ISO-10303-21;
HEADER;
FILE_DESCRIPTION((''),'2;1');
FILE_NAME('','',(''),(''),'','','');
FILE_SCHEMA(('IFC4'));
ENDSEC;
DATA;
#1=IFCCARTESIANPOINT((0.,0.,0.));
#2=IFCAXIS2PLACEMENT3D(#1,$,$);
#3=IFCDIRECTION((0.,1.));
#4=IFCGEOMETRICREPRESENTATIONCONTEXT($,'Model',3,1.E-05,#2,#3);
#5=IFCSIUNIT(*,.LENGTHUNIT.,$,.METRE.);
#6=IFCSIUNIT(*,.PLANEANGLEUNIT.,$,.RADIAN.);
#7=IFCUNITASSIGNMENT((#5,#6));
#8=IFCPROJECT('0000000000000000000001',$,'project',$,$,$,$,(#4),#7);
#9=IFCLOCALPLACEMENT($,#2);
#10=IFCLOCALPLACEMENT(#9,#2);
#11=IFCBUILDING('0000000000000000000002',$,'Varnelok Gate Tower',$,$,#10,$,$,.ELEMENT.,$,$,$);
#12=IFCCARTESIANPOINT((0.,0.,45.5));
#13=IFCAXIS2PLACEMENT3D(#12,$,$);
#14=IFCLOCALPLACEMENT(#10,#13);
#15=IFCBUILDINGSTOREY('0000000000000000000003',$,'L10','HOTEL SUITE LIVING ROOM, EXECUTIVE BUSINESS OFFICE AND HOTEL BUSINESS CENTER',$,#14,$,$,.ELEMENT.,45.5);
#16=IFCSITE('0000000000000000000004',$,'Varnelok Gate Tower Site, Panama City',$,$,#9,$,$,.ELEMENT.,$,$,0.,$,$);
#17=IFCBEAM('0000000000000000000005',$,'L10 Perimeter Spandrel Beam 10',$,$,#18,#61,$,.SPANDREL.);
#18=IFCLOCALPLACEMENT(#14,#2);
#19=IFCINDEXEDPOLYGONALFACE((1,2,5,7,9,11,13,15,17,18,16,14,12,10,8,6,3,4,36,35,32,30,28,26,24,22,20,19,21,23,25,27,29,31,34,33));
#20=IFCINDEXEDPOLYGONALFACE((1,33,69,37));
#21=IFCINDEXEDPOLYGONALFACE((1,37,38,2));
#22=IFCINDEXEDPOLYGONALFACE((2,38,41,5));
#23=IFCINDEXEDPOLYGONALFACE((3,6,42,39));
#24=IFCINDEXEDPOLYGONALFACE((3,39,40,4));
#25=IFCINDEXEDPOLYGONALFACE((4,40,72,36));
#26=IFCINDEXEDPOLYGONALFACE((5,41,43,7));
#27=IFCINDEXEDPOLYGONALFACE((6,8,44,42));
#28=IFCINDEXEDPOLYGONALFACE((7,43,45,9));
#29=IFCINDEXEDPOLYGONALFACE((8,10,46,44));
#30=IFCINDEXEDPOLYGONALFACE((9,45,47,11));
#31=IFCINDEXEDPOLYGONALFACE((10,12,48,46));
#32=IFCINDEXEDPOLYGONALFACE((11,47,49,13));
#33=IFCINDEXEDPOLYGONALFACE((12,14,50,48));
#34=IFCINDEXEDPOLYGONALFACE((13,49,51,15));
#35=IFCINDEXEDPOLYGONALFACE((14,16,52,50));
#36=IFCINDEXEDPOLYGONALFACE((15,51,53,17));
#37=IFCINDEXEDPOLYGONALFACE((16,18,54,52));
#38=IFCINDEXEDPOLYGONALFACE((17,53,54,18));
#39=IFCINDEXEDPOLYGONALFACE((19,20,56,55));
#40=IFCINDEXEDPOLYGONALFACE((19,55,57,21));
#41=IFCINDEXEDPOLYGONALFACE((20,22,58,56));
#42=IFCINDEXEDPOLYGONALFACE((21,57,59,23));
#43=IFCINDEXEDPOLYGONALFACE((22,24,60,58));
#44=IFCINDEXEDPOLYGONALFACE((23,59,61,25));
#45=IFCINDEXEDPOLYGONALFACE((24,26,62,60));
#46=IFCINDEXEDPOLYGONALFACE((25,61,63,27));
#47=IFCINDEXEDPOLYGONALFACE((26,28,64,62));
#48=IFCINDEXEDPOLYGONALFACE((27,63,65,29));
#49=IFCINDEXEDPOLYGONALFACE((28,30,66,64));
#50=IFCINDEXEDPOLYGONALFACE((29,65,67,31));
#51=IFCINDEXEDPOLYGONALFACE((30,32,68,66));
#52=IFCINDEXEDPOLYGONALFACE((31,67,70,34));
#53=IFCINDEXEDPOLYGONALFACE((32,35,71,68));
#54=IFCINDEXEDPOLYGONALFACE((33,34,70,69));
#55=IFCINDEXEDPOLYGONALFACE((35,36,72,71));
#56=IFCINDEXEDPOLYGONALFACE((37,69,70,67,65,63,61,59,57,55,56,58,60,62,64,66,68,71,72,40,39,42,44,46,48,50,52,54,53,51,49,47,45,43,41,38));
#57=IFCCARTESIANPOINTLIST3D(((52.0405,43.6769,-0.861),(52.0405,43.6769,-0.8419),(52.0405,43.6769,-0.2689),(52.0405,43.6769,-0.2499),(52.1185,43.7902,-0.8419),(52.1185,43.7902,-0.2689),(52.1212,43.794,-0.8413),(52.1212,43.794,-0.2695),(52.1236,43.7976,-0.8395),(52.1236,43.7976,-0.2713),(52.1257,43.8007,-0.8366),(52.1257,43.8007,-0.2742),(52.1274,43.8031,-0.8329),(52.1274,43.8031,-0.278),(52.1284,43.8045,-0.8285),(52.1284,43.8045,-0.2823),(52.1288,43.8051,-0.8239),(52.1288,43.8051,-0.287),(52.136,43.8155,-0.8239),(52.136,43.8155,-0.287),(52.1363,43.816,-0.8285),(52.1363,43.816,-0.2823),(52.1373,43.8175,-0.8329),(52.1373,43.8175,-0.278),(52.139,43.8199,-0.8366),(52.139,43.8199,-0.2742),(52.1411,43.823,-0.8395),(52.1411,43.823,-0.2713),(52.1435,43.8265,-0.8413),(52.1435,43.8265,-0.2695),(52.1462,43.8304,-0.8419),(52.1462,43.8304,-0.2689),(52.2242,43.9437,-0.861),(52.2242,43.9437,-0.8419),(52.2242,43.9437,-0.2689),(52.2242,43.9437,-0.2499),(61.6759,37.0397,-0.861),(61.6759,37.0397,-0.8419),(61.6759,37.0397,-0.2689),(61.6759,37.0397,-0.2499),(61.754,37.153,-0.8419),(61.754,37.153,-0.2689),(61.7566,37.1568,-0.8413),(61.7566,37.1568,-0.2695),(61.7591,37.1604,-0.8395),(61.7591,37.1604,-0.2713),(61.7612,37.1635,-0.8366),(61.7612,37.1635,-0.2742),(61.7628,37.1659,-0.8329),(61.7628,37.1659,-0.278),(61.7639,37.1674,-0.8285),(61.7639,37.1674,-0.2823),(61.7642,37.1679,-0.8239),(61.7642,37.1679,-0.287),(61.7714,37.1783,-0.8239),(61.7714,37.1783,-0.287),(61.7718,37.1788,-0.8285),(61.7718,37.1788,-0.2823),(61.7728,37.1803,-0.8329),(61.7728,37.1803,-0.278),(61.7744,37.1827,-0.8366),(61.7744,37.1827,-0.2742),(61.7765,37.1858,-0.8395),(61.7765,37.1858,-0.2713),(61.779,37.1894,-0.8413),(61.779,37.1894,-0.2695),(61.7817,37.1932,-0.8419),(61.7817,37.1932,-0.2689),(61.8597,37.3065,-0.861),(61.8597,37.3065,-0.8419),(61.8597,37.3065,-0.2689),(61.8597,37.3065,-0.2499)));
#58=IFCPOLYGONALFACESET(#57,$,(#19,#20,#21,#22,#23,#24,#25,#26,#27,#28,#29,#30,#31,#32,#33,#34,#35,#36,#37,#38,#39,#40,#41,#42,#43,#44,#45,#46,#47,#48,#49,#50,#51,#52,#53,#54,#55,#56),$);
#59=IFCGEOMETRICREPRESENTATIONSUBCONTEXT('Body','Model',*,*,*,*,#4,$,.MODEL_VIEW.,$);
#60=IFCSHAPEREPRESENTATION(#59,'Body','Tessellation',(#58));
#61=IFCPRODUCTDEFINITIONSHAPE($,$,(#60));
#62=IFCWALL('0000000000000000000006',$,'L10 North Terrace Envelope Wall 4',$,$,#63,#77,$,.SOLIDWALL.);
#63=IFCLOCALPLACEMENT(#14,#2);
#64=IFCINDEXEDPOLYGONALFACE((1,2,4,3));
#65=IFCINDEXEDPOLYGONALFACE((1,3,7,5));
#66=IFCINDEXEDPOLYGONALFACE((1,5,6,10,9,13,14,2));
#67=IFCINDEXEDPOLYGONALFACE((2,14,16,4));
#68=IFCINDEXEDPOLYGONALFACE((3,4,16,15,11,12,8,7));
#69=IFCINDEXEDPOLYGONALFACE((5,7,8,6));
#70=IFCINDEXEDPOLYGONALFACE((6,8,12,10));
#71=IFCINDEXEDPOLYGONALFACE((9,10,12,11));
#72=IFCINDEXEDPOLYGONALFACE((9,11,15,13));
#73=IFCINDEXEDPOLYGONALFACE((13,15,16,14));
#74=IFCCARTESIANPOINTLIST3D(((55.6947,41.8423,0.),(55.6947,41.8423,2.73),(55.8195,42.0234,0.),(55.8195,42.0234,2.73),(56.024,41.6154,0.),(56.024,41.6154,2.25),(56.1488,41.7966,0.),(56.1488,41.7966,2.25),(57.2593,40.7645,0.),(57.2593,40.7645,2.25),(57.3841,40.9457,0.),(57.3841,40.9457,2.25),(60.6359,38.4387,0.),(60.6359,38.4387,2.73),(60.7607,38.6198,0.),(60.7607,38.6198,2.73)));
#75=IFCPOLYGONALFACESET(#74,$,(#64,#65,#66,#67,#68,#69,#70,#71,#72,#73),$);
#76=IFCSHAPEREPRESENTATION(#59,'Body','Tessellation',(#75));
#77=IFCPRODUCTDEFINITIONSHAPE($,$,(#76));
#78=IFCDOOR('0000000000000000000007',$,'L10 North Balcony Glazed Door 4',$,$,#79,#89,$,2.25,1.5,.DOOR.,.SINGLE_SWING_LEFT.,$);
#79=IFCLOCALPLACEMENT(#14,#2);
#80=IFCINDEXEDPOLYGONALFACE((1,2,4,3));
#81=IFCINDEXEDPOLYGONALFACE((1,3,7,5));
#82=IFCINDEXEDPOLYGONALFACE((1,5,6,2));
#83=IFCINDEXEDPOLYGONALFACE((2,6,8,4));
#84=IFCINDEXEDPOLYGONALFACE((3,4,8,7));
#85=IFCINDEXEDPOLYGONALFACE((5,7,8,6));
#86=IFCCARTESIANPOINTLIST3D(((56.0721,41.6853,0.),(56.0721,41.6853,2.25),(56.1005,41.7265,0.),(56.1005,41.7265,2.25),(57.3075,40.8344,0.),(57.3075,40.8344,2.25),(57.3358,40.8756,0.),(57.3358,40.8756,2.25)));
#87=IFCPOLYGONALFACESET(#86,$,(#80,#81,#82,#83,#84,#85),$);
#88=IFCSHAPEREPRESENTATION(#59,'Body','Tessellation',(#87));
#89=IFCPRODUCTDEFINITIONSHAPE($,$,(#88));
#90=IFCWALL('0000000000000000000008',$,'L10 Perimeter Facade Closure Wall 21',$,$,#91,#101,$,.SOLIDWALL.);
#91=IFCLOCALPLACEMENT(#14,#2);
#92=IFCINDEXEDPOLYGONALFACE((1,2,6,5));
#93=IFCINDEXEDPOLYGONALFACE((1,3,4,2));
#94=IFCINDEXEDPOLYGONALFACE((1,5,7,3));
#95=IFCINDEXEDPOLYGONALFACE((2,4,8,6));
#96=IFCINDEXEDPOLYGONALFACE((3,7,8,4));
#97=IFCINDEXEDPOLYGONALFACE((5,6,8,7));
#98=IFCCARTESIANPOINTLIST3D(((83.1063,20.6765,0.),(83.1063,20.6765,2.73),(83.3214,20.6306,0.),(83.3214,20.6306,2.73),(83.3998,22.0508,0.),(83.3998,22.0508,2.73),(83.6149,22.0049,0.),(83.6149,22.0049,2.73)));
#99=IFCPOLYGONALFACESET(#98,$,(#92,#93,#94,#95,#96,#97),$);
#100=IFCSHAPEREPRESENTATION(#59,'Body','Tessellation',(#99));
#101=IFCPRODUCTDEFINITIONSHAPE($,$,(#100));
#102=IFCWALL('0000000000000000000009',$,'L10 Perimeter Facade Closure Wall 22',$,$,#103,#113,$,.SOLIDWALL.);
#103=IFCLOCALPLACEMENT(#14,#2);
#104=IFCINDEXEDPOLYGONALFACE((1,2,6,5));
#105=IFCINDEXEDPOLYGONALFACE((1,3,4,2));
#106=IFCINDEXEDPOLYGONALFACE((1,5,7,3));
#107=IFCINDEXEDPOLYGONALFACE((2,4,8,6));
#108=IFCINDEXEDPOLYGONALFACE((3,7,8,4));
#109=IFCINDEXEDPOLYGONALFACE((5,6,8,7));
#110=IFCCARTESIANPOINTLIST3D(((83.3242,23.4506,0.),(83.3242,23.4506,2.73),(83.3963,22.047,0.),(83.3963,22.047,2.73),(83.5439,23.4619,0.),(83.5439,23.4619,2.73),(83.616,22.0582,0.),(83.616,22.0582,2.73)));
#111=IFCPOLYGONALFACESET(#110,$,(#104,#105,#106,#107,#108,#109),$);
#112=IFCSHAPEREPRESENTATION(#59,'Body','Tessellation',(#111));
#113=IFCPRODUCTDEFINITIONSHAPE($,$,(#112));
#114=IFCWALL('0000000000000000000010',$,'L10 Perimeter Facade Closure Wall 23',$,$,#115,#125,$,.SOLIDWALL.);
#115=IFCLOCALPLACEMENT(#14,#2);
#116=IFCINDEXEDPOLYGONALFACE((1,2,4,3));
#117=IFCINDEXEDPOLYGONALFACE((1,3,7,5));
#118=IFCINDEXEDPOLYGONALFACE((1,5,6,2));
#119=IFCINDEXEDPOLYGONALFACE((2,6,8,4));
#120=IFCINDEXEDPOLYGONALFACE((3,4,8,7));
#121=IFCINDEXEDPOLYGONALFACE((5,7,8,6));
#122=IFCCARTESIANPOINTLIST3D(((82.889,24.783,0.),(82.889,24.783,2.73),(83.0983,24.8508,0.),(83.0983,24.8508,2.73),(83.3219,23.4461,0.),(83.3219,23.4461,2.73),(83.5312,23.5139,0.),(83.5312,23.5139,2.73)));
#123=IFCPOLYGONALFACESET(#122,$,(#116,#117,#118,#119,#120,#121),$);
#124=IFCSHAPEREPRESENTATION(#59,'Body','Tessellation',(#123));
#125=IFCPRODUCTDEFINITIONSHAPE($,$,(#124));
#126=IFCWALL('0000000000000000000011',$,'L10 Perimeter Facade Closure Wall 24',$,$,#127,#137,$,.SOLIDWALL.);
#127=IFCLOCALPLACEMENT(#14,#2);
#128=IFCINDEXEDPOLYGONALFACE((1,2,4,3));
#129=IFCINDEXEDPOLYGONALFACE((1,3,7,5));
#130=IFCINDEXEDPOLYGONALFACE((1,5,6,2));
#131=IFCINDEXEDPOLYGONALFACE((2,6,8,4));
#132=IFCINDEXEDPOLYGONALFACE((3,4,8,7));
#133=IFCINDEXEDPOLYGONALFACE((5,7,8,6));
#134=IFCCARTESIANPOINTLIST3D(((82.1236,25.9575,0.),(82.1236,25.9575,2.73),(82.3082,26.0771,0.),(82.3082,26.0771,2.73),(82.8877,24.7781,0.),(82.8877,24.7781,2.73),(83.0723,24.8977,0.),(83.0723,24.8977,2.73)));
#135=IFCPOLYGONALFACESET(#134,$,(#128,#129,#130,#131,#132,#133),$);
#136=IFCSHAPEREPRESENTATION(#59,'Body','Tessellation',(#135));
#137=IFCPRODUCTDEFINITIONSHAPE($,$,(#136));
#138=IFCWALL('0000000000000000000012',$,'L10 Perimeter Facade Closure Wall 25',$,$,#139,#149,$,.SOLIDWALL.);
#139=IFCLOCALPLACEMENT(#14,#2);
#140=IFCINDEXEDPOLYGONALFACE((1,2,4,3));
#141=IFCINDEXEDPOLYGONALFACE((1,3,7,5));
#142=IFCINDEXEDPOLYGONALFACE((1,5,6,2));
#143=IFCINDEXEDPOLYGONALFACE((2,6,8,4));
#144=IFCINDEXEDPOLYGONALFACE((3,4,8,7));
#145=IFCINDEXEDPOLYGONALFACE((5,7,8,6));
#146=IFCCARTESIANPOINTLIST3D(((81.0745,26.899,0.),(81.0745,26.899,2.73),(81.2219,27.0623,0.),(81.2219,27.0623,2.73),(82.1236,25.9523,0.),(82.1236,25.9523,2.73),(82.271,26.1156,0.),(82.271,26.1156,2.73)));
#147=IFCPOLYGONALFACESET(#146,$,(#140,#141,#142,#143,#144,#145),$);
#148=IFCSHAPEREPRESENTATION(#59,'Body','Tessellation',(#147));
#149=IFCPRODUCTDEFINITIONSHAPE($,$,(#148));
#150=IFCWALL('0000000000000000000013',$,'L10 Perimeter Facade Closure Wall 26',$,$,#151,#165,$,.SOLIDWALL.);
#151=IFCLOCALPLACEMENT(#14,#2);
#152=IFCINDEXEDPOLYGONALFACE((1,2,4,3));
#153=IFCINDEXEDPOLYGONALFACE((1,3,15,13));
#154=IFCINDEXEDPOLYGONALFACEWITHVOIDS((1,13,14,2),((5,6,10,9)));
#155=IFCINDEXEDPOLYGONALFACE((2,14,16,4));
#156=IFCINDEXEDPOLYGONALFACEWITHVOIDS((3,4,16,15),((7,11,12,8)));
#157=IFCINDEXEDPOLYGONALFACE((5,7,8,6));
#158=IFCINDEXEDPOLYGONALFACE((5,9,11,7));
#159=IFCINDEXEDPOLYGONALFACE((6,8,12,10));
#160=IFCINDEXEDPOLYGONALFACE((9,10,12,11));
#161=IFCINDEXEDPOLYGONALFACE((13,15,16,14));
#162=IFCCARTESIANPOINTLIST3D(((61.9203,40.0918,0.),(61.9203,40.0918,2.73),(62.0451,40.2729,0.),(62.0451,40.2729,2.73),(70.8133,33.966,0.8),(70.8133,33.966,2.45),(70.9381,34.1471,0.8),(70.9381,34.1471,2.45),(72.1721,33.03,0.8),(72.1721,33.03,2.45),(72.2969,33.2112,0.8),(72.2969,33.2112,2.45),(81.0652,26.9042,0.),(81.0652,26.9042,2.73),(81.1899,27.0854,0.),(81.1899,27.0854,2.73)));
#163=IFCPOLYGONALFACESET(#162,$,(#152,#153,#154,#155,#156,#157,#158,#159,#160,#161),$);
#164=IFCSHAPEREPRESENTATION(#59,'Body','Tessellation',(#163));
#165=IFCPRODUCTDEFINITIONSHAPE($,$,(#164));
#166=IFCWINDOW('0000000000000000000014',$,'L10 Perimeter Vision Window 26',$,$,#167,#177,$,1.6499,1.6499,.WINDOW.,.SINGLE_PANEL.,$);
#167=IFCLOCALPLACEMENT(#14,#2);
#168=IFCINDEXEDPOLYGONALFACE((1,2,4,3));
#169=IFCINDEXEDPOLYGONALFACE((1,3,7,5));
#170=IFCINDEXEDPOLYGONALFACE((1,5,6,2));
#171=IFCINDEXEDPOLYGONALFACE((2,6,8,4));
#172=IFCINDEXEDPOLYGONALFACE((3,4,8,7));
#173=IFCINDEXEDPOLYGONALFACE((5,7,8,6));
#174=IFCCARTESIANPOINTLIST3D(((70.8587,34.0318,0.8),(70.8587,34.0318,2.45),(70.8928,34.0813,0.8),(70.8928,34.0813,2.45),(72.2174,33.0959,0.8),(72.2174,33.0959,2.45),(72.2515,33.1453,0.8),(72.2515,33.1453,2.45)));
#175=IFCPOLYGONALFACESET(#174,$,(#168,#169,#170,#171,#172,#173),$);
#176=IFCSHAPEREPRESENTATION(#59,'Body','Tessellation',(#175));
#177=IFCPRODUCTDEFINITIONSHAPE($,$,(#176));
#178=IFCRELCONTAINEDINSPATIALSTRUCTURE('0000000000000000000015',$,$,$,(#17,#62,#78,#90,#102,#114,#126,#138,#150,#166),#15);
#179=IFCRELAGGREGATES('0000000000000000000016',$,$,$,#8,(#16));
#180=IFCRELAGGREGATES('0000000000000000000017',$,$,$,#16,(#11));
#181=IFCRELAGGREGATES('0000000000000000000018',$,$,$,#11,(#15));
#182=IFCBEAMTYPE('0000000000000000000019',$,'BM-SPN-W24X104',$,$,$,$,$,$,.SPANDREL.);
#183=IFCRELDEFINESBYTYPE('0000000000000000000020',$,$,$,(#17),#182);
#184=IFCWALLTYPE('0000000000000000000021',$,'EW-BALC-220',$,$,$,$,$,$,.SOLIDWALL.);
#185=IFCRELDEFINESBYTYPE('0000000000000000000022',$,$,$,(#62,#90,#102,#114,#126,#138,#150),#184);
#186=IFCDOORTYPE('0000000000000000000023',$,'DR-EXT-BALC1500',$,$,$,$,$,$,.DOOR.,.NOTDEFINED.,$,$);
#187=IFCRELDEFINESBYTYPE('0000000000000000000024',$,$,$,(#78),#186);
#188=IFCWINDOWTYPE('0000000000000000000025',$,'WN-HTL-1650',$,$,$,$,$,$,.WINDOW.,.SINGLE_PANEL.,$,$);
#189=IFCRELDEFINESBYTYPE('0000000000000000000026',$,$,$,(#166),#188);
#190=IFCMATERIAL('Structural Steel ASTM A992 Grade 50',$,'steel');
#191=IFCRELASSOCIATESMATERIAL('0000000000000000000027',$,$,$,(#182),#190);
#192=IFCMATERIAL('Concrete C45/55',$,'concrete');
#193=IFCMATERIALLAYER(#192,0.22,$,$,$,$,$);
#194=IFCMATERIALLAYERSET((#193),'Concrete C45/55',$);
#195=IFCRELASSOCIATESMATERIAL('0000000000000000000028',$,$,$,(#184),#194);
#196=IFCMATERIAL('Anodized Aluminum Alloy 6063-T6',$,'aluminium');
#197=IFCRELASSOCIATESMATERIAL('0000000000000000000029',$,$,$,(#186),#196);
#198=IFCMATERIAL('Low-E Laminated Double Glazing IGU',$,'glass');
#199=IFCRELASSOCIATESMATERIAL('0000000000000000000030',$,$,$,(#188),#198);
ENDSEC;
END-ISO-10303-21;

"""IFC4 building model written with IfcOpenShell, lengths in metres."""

from ifc_helpers import new_model, si_unit, direction, frame, frame_2d, origin, origin_2d, place, context, subcontext, project, spatial, rectangle, i_section, extrude, material, layer, layer_set, material_profile, profile_set, type_object, element, fill, save


model = new_model("IFC4")

# Units and contexts
model_context = context("Model", 3, precision=1e-05, world=origin(), true_north=direction((0.0, 1.0)))
body_context = subcontext(model_context, "Body", "Model", "MODEL_VIEW")
ifc_project = project(units=[si_unit("LENGTHUNIT", "METRE"), si_unit("PLANEANGLEUNIT", "RADIAN")], contexts=[model_context])

# Site, building, storey
site_placement = place(None, origin())
site = spatial("IfcSite", under=ifc_project, at=site_placement, Name="Varnelok Gate Tower Site, Panama City", CompositionType="ELEMENT", RefElevation=0.0)
building_placement = place(site_placement, origin())
building = spatial("IfcBuilding", under=site, at=building_placement, Name="Varnelok Gate Tower", CompositionType="ELEMENT")
storey_placement = place(building_placement, frame((0.0, 0.0, 45.5)))
storey = spatial("IfcBuildingStorey", under=building, at=storey_placement, Name="L10", Description="HOTEL SUITE LIVING ROOM, EXECUTIVE BUSINESS OFFICE AND HOTEL BUSINESS CENTER", CompositionType="ELEMENT", Elevation=45.5)

# Shared definitions
ifc_material_1 = material(Name="Structural Steel ASTM A992 Grade 50", Category="steel")

# Beam
ifc_material_profile_1 = material_profile(ifc_material_1, i_section(OverallWidth=0.324, OverallDepth=0.6111, WebThickness=0.0127, FlangeThickness=0.019, FilletRadius=0.0181, at=origin_2d()), Name="W24X104")
ifc_profile_set_1 = profile_set([ifc_material_profile_1], Name="Structural Steel ASTM A992 Grade 50")
beam_type_1 = type_object("IfcBeamType", Name="BM-SPN-W24X104", PredefinedType="SPANDREL", material=ifc_profile_set_1)
beam_1_placement = place(storey_placement, frame((61.7678, 37.1731, -0.5554), z_axis=(-0.823531, 0.567272, 0.0), x_axis=(-0.567272, -0.823531, 0.0)))
element("IfcBeam", 1, at=beam_1_placement, inside=storey, type_object=beam_type_1, Name="L10 Perimeter Spandrel Beam 10", PredefinedType="SPANDREL", context=body_context, shape_type="SweptSolid", body=[
    extrude(i_section(OverallWidth=0.324, OverallDepth=0.6111, WebThickness=0.0127, FlangeThickness=0.019, FilletRadius=0.0181, at=origin_2d()), origin(), (0.0, 0.0, 1.0), 11.7002),
])

# Wall, opening, door
ifc_material_2 = material(Name="Concrete C45/55", Category="concrete")
ifc_layer = layer(ifc_material_2, 0.22)
ifc_layer_set = layer_set([ifc_layer], Name="Concrete C45/55")
wall_type = type_object("IfcWallType", Name="EW-BALC-220", PredefinedType="SOLIDWALL", material=ifc_layer_set)
wall_1_placement = place(storey_placement, frame((55.7571, 41.9329, 0.0), z_axis=(0.0, 0.0, 1.0), x_axis=(0.823535, -0.567266, 0.0)))
wall_1 = element("IfcWall", 2, at=wall_1_placement, inside=storey, type_object=wall_type, Name="L10 North Terrace Envelope Wall 4", PredefinedType="SOLIDWALL", context=body_context, shape_type="SweptSolid", body=[
    extrude(rectangle(XDim=6.0, YDim=0.22, at=frame_2d((3.0, 0.0))), origin(), (0.0, 0.0, 1.0), 2.73),
])
opening_1_placement = place(wall_1_placement, frame((0.3999, 0.0, 0.0)))
opening_1 = element("IfcOpeningElement", 3, at=opening_1_placement, cuts=wall_1, PredefinedType="OPENING", context=body_context, shape_type="SweptSolid", body=[
    extrude(rectangle(XDim=1.5, YDim=2.25, at=frame_2d((0.75, 1.125))), frame((0.0, 0.1199, 0.0), z_axis=(0.0, -1.0, 0.0), x_axis=(1.0, 0.0, 0.0)), (0.0, 0.0, 1.0), 0.24),
])
ifc_material_3 = material(Name="Anodized Aluminum Alloy 6063-T6", Category="aluminium")
door_type = type_object("IfcDoorType", Name="DR-EXT-BALC1500", OperationType="NOTDEFINED", PredefinedType="DOOR", material=ifc_material_3)
door_placement = place(opening_1_placement, origin())
door = element("IfcDoor", 4, at=door_placement, inside=storey, type_object=door_type, Name="L10 North Balcony Glazed Door 4", OperationType="SINGLE_SWING_LEFT", OverallHeight=2.25, OverallWidth=1.5, PredefinedType="DOOR", context=body_context, shape_type="SweptSolid", body=[
    extrude(rectangle(XDim=1.5, YDim=2.25, at=frame_2d((0.75, 1.125))), frame((0.0, 0.0249, 0.0), z_axis=(0.0, -1.0, 0.0), x_axis=(1.0, 0.0, 0.0)), (0.0, 0.0, 1.0), 0.05),
])
fill(opening_1, door)

# Walls
wall_2_placement = place(storey_placement, frame((83.2139, 20.6536, 0.0), z_axis=(0.0, 0.0, 1.0), x_axis=(0.208829, 0.977952, 0.0)))
element("IfcWall", 5, at=wall_2_placement, inside=storey, type_object=wall_type, Name="L10 Perimeter Facade Closure Wall 21", PredefinedType="SOLIDWALL", context=body_context, shape_type="SweptSolid", body=[
    extrude(rectangle(XDim=1.4053, YDim=0.22, at=frame_2d((0.7026, 0.0))), origin(), (0.0, 0.0, 1.0), 2.73),
])
wall_3_placement = place(storey_placement, frame((83.5061, 22.0527, 0.0), z_axis=(0.0, 0.0, 1.0), x_axis=(-0.051246, 0.998686, 0.0)))
element("IfcWall", 6, at=wall_3_placement, inside=storey, type_object=wall_type, Name="L10 Perimeter Facade Closure Wall 22", PredefinedType="SOLIDWALL", context=body_context, shape_type="SweptSolid", body=[
    extrude(rectangle(XDim=1.4055, YDim=0.22, at=frame_2d((0.7026, 0.0))), origin(), (0.0, 0.0, 1.0), 2.73),
])
for number, where, z_axis, x_axis, name in (
    (7, (83.4265, 23.48, 0.0), (0.0, 0.0, 1.0), (-0.308033, 0.951376, 0.0), "L10 Perimeter Facade Closure Wall 23"),
    (8, (82.98, 24.8379, 0.0), (0.0, 0.0, 1.0), (-0.543748, 0.839248, 0.0), "L10 Perimeter Facade Closure Wall 24"),
):
    element("IfcWall", number, at=place(storey_placement, frame(where, z_axis=z_axis, x_axis=x_axis)), inside=storey, type_object=wall_type, Name=name, PredefinedType="SOLIDWALL", context=body_context, shape_type="SweptSolid", body=[
        extrude(rectangle(XDim=1.4053, YDim=0.22, at=frame_2d((0.7026, 0.0))), origin(), (0.0, 0.0, 1.0), 2.73),
    ])
wall_4_placement = place(storey_placement, frame((82.1973, 26.0339, 0.0), z_axis=(0.0, 0.0, 1.0), x_axis=(-0.742374, 0.669985, 0.0)))
element("IfcWall", 9, at=wall_4_placement, inside=storey, type_object=wall_type, Name="L10 Perimeter Facade Closure Wall 25", PredefinedType="SOLIDWALL", context=body_context, shape_type="SweptSolid", body=[
    extrude(rectangle(XDim=1.4131, YDim=0.22, at=frame_2d((0.7065, 0.0))), origin(), (0.0, 0.0, 1.0), 2.73),
])

# Wall, opening, window
wall_5_placement = place(storey_placement, frame((81.1274, 26.9949, 0.0), z_axis=(0.0, 0.0, 1.0), x_axis=(-0.82353, 0.567272, 0.0)))
wall_5 = element("IfcWall", 10, at=wall_5_placement, inside=storey, type_object=wall_type, Name="L10 Perimeter Facade Closure Wall 26", PredefinedType="SOLIDWALL", context=body_context, shape_type="SweptSolid", body=[
    extrude(rectangle(XDim=23.2473, YDim=0.22, at=frame_2d((11.6235, 0.0))), origin(), (0.0, 0.0, 1.0), 2.73),
])
opening_2_placement = place(wall_5_placement, frame((10.7986, 0.0, 0.8)))
opening_2 = element("IfcOpeningElement", 11, at=opening_2_placement, cuts=wall_5, PredefinedType="OPENING", context=body_context, shape_type="SweptSolid", body=[
    extrude(rectangle(XDim=1.6499, YDim=1.6499, at=frame_2d((0.825, 0.825))), frame((0.0, 0.1199, 0.0), z_axis=(0.0, -1.0, 0.0), x_axis=(1.0, 0.0, 0.0)), (0.0, 0.0, 1.0), 0.24),
])
ifc_material_4 = material(Name="Low-E Laminated Double Glazing IGU", Category="glass")
window_type = type_object("IfcWindowType", Name="WN-HTL-1650", PartitioningType="SINGLE_PANEL", PredefinedType="WINDOW", material=ifc_material_4)
window_1_placement = place(opening_2_placement, origin())
window_1 = element("IfcWindow", 12, at=window_1_placement, inside=storey, type_object=window_type, Name="L10 Perimeter Vision Window 26", OverallHeight=1.6499, OverallWidth=1.6499, PartitioningType="SINGLE_PANEL", PredefinedType="WINDOW", context=body_context, shape_type="SweptSolid", body=[
    extrude(rectangle(XDim=1.6499, YDim=1.6499, at=frame_2d((0.825, 0.825))), frame((0.0, 0.03, 0.0), z_axis=(0.0, -1.0, 0.0), x_axis=(1.0, 0.0, 0.0)), (0.0, 0.0, 1.0), 0.0601),
])
fill(opening_2, window_1)

save(model, "model.ifc")
